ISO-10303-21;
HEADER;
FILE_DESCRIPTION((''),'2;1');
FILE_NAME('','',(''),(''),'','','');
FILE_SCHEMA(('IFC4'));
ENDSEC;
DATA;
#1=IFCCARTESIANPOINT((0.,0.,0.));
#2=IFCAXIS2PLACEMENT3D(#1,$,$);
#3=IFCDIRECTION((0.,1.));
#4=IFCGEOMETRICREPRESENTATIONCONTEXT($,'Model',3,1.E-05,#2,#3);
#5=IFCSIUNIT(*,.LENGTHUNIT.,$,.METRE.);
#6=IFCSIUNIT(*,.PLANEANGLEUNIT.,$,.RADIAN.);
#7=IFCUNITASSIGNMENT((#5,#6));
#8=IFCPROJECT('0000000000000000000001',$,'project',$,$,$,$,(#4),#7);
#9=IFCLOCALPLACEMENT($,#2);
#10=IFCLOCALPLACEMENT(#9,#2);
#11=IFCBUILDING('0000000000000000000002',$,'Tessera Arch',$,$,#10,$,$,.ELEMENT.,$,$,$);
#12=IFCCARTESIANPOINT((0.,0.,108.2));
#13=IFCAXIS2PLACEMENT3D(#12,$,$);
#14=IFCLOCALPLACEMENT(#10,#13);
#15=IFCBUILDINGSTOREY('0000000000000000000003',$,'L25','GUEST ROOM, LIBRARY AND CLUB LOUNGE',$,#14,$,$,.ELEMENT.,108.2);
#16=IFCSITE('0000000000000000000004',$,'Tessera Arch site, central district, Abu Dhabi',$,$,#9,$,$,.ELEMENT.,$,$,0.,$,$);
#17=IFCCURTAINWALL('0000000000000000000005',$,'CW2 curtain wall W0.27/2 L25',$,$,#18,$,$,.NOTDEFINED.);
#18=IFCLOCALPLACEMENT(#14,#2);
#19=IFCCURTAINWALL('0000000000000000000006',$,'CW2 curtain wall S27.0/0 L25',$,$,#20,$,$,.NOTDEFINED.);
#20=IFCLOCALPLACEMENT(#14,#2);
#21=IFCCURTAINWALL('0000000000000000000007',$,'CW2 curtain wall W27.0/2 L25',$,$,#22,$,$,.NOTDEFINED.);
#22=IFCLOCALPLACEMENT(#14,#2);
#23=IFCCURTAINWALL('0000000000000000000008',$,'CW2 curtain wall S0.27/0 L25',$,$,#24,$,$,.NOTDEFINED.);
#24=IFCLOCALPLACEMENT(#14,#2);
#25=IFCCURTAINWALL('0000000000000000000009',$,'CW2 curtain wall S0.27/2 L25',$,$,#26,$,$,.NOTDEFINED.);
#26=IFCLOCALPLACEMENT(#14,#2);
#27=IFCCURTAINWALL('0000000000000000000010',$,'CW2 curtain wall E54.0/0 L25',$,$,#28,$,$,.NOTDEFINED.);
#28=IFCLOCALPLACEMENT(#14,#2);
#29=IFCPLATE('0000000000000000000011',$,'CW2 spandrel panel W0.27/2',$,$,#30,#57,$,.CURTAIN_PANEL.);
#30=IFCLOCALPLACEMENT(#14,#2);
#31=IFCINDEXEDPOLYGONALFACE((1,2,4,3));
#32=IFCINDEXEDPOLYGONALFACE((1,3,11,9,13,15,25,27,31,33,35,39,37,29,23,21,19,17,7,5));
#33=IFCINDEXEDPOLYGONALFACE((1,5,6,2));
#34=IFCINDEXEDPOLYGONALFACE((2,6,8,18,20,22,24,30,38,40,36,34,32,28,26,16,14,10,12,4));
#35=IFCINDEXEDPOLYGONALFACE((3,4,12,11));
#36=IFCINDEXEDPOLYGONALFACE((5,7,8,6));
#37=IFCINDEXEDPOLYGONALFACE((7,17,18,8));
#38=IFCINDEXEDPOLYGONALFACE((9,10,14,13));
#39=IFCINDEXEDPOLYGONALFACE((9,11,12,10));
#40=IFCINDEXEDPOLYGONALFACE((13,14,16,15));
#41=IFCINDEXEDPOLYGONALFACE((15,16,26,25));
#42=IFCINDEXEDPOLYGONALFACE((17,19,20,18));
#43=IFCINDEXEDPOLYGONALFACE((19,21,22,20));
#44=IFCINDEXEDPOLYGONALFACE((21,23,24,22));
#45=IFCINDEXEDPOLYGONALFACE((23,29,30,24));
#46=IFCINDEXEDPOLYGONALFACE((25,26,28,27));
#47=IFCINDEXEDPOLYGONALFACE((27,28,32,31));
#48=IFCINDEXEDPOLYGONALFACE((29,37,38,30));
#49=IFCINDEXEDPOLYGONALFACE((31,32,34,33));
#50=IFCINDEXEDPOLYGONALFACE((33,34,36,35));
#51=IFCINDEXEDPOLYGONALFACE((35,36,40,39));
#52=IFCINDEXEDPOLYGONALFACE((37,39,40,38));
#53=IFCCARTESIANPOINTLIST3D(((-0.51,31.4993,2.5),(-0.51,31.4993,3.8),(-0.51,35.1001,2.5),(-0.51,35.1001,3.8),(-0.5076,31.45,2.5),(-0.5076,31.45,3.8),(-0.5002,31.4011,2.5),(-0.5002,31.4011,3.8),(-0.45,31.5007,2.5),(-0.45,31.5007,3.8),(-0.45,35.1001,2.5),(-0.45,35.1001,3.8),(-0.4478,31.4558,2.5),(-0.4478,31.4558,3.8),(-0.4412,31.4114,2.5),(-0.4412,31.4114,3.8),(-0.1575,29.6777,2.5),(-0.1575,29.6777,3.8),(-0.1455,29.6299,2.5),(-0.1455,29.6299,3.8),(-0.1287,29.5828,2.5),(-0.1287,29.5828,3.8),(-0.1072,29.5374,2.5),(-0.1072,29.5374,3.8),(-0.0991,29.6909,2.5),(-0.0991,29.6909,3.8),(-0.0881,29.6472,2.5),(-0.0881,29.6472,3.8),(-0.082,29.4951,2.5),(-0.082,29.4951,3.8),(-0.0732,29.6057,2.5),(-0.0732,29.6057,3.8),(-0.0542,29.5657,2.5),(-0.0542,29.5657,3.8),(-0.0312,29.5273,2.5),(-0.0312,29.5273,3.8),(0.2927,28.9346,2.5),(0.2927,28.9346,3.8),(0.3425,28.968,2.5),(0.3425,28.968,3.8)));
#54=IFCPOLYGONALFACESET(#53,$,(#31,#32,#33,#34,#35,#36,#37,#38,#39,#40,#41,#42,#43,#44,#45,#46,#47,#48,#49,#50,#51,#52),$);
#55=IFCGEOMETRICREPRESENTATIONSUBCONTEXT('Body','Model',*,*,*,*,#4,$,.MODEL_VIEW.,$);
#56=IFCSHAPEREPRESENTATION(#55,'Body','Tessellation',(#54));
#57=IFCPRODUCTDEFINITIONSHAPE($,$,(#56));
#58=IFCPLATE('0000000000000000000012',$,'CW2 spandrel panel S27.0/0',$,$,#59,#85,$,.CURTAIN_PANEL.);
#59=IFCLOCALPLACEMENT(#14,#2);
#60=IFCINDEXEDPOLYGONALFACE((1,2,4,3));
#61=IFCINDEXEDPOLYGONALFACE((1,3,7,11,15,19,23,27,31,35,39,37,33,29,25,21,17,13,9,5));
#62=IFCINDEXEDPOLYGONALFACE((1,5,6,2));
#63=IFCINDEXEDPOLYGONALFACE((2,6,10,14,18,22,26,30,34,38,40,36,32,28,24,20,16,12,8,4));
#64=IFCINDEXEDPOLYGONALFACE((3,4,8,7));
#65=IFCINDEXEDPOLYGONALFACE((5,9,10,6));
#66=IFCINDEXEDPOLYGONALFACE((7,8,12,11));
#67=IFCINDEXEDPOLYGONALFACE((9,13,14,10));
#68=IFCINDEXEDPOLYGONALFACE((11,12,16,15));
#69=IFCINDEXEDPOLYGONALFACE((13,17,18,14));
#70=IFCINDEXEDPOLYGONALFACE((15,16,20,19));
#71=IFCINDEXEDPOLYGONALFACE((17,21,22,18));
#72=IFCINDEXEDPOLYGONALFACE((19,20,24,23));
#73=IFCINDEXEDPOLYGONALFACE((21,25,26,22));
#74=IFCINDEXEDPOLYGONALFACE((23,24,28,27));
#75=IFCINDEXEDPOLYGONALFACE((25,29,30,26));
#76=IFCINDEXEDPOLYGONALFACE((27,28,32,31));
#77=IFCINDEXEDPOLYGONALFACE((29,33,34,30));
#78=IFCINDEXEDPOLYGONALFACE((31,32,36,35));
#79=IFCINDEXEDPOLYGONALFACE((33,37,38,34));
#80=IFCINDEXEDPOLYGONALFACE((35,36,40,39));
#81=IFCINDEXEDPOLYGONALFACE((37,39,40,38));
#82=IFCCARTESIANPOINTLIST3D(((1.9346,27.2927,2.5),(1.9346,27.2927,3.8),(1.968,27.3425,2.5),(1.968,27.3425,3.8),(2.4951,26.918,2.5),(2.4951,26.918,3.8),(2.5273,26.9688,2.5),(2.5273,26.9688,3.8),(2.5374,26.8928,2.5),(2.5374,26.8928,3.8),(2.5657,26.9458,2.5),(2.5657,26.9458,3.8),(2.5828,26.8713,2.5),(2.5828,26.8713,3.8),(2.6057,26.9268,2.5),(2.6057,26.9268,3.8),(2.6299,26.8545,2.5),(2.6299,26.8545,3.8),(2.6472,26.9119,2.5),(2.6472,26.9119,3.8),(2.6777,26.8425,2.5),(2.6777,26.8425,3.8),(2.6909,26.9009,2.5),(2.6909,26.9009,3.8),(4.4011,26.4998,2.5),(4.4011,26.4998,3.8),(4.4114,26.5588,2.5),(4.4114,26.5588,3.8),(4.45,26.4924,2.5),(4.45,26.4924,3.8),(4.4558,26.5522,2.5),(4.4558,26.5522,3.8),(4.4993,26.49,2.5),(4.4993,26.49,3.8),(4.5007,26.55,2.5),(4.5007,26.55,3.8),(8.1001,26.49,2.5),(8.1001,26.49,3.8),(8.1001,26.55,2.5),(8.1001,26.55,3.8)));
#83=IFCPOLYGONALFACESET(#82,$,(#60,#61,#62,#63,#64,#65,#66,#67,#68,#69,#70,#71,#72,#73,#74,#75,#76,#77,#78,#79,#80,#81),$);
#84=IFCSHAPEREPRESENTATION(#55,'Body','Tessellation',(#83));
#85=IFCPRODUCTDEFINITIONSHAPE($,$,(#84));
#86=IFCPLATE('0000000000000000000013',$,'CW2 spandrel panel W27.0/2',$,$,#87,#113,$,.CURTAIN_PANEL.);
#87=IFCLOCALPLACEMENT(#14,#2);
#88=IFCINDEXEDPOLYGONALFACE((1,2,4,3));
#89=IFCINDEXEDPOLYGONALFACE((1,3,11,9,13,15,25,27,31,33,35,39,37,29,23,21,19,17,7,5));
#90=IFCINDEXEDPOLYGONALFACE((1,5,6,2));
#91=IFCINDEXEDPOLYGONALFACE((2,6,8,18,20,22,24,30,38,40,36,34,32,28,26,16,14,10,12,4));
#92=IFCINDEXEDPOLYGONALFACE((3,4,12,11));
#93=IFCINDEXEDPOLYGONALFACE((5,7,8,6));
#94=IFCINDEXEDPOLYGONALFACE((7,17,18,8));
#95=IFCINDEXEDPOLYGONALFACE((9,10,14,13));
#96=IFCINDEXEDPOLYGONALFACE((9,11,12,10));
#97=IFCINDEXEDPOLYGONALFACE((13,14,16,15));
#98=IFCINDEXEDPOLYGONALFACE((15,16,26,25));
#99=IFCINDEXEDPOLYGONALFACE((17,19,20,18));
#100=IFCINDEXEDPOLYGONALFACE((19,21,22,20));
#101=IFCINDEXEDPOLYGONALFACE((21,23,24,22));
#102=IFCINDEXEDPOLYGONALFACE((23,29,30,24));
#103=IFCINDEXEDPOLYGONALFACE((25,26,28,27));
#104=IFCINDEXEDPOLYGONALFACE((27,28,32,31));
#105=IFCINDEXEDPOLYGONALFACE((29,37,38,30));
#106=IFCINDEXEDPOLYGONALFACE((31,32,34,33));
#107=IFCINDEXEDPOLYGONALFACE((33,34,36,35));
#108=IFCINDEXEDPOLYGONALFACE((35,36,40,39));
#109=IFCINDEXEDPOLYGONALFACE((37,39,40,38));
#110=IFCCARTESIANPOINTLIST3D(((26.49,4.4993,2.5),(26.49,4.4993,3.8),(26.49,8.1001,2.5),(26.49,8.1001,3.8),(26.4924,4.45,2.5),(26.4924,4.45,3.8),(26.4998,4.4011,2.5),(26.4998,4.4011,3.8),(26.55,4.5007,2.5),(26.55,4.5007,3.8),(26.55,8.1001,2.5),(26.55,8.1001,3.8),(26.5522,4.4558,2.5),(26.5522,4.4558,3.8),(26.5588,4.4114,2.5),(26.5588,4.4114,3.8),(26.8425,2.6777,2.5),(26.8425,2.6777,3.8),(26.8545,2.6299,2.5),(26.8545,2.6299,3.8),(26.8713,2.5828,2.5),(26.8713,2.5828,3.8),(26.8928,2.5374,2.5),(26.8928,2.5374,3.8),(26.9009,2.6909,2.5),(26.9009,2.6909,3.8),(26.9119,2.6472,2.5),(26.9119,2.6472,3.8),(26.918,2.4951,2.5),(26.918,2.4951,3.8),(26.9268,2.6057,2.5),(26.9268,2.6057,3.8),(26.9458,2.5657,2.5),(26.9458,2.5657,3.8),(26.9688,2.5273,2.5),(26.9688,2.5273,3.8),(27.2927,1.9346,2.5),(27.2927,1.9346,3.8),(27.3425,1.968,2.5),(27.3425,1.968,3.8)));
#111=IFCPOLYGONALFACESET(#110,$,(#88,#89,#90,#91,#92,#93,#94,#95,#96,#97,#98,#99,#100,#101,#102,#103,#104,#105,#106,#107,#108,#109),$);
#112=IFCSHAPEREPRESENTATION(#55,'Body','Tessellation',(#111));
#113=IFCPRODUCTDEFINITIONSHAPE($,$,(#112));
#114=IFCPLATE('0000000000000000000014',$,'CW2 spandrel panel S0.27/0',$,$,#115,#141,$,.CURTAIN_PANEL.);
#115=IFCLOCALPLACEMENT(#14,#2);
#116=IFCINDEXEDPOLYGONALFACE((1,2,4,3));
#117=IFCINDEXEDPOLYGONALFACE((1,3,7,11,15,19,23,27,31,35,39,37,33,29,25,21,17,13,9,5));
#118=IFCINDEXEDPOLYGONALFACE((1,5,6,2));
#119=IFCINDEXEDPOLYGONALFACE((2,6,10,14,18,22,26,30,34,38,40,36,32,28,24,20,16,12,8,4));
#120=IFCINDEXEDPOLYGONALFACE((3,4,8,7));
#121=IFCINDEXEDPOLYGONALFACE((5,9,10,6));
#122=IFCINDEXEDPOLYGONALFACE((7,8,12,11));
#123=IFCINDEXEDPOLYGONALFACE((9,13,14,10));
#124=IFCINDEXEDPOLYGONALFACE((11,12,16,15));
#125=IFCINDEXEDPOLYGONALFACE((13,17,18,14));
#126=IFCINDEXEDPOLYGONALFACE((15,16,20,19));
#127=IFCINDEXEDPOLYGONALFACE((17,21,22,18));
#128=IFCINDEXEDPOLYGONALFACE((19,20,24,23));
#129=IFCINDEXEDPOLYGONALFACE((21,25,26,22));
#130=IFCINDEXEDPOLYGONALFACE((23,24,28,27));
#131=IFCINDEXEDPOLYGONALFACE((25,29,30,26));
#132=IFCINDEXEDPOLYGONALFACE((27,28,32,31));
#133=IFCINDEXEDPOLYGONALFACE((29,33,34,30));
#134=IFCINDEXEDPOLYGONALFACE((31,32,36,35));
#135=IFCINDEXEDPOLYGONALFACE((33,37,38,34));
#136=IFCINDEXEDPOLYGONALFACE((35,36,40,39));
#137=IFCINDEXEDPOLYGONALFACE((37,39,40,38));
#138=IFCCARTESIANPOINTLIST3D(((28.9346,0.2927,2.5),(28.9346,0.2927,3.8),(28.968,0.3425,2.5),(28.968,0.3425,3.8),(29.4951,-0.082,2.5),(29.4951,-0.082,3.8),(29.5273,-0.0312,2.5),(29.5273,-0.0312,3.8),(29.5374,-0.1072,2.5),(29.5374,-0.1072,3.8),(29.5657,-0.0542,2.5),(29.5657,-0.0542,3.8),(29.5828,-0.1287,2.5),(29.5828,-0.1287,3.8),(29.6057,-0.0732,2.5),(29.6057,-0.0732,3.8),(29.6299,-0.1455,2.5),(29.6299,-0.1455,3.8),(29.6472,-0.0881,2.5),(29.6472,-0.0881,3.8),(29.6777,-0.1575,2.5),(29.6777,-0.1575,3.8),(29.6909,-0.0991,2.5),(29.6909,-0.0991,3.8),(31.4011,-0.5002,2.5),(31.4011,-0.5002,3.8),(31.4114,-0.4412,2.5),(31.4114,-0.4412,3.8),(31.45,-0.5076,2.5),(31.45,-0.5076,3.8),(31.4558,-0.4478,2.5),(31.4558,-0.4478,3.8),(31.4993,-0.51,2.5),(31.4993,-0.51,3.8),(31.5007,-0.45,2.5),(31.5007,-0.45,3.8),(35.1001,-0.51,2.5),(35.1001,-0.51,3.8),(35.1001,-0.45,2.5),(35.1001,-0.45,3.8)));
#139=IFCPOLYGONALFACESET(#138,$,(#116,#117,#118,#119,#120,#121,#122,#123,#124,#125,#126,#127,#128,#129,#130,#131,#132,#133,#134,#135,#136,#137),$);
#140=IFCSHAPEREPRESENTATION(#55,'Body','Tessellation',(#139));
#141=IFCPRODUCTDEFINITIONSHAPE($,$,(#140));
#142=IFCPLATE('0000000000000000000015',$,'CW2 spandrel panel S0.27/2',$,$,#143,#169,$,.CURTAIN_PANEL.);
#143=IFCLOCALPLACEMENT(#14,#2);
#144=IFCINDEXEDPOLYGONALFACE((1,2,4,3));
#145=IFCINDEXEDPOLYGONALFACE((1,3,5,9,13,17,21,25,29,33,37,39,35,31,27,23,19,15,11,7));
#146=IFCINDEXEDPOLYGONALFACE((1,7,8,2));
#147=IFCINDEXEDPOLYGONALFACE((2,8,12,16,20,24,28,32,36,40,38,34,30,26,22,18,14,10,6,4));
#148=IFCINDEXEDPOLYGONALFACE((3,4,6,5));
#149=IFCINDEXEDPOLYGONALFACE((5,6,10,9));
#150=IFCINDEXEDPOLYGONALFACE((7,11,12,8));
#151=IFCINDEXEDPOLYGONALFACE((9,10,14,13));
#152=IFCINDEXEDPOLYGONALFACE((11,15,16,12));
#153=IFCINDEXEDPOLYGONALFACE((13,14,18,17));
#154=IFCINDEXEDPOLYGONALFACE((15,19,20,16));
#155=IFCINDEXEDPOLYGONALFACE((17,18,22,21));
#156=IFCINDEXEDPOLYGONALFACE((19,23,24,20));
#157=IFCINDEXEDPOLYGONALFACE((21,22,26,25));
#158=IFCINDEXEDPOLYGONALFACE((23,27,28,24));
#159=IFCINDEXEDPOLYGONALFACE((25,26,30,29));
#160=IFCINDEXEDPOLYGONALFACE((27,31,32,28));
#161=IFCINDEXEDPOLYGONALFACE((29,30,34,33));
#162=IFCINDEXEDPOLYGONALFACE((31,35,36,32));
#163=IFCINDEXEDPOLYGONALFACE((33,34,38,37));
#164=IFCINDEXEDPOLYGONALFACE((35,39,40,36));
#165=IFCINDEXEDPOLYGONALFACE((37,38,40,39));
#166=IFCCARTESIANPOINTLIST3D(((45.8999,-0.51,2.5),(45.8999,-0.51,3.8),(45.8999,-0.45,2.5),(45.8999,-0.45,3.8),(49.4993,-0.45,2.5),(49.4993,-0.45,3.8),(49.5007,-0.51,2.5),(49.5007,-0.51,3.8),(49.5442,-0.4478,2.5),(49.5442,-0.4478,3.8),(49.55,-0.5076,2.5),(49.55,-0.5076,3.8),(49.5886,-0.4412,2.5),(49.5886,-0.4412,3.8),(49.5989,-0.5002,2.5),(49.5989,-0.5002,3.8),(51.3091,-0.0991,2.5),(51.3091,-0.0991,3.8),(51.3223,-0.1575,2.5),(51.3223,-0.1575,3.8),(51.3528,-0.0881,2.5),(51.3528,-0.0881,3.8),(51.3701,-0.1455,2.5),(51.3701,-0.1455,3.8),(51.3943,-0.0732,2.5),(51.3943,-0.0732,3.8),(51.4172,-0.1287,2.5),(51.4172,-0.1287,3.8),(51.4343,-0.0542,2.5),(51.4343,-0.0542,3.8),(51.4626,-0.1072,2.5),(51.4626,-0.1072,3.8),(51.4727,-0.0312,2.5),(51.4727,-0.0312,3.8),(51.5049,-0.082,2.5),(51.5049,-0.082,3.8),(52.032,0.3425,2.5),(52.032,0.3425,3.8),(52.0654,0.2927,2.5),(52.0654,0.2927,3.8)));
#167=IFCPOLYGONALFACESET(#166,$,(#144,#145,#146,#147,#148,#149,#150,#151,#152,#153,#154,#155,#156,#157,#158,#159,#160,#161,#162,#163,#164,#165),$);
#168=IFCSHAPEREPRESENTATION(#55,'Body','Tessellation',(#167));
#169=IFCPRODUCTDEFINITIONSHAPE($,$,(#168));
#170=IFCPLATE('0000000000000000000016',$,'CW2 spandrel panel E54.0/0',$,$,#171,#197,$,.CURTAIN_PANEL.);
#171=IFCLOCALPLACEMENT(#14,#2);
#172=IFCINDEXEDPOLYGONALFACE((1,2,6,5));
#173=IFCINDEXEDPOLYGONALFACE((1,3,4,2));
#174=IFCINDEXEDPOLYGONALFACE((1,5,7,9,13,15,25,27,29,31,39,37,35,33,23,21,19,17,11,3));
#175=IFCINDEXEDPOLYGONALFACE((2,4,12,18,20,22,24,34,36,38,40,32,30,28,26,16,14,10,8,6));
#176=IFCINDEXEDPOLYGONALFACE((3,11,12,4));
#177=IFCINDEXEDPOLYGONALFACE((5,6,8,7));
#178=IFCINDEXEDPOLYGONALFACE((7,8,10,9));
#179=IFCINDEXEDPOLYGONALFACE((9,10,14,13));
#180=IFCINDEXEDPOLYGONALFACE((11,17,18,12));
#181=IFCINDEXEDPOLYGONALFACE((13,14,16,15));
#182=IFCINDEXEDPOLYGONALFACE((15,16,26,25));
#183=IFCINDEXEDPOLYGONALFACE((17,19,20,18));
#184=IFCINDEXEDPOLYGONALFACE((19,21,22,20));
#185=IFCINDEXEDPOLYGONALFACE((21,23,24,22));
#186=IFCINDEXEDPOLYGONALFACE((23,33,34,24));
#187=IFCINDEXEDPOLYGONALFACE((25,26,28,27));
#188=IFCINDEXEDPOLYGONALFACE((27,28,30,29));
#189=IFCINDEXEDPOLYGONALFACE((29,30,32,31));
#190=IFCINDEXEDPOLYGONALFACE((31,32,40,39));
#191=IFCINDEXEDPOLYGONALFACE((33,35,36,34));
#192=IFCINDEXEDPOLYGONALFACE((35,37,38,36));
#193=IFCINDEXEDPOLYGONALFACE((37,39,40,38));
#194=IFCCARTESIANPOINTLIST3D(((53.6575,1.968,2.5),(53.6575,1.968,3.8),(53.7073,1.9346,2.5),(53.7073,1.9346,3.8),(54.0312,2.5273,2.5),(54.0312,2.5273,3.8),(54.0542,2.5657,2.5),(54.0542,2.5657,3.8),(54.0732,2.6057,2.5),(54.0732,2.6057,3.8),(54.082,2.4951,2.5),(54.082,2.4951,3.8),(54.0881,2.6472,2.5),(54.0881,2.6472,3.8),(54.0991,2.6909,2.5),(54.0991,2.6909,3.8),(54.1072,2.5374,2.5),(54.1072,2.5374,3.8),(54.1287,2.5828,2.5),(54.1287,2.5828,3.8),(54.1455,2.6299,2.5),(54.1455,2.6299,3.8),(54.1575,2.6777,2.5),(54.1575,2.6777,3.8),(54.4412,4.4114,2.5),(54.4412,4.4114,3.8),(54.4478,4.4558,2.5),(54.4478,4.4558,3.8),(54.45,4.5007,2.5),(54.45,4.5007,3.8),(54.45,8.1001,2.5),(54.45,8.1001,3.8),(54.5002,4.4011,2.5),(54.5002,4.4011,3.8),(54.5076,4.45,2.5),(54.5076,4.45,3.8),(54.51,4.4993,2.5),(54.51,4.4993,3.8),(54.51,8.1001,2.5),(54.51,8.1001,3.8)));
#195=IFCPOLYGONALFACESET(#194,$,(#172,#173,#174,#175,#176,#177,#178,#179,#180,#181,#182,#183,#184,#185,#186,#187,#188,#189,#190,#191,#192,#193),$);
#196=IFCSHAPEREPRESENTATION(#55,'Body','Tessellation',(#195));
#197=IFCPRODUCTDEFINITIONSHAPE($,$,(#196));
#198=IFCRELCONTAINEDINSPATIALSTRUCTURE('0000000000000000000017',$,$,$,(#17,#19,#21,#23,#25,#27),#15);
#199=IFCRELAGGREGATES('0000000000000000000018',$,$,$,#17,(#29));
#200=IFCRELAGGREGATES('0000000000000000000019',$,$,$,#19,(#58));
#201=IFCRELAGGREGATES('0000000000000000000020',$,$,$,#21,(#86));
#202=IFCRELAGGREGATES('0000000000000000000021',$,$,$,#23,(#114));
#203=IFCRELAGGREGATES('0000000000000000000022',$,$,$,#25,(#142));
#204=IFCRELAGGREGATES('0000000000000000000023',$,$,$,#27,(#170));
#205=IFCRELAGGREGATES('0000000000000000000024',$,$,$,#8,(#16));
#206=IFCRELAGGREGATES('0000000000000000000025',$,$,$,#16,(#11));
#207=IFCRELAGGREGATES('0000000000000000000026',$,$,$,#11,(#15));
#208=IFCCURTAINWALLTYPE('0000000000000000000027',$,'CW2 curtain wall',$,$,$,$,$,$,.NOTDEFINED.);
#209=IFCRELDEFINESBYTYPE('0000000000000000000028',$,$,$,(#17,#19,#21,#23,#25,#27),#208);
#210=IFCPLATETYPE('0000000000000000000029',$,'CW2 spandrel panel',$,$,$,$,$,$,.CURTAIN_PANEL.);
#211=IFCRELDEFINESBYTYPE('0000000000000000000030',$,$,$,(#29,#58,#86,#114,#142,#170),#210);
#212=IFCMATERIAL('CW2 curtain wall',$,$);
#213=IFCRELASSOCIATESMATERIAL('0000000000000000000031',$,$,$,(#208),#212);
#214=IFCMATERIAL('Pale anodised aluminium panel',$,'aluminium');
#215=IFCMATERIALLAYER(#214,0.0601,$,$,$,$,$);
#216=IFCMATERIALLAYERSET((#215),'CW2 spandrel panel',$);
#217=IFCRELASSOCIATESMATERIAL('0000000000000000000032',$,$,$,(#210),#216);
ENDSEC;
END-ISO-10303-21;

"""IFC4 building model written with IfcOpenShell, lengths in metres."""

from ifc_helpers import new_model, si_unit, direction, frame, origin, place, context, subcontext, project, spatial, polyline, outline, extrude, material, layer, layer_set, type_object, element, aggregate, save


model = new_model("IFC4")

# Units and contexts
model_context = context("Model", 3, precision=1e-05, world=origin(), true_north=direction((0.0, 1.0)))
body_context = subcontext(model_context, "Body", "Model", "MODEL_VIEW")
ifc_project = project(units=[si_unit("LENGTHUNIT", "METRE"), si_unit("PLANEANGLEUNIT", "RADIAN")], contexts=[model_context])

# Site, building, storey
site_placement = place(None, origin())
site = spatial("IfcSite", under=ifc_project, at=site_placement, Name="Tessera Arch site, central district, Abu Dhabi", CompositionType="ELEMENT", RefElevation=0.0)
building_placement = place(site_placement, origin())
building = spatial("IfcBuilding", under=site, at=building_placement, Name="Tessera Arch", CompositionType="ELEMENT")
storey_placement = place(building_placement, frame((0.0, 0.0, 108.2)))
storey = spatial("IfcBuildingStorey", under=building, at=storey_placement, Name="L25", Description="GUEST ROOM, LIBRARY AND CLUB LOUNGE", CompositionType="ELEMENT", Elevation=108.2)

# Curtain walls
ifc_material_1 = material(Name="CW2 curtain wall")
curtain_wall_type = type_object("IfcCurtainWallType", Name="CW2 curtain wall", PredefinedType="NOTDEFINED", material=ifc_material_1)
curtain_wall_1_placement = place(storey_placement, origin())
curtain_wall_1 = element("IfcCurtainWall", 1, at=curtain_wall_1_placement, inside=storey, type_object=curtain_wall_type, Name="CW2 curtain wall W0.27/2 L25", PredefinedType="NOTDEFINED")
curtain_wall_2_placement = place(storey_placement, origin())
curtain_wall_2 = element("IfcCurtainWall", 2, at=curtain_wall_2_placement, inside=storey, type_object=curtain_wall_type, Name="CW2 curtain wall S27.0/0 L25", PredefinedType="NOTDEFINED")
curtain_wall_3_placement = place(storey_placement, origin())
curtain_wall_3 = element("IfcCurtainWall", 3, at=curtain_wall_3_placement, inside=storey, type_object=curtain_wall_type, Name="CW2 curtain wall W27.0/2 L25", PredefinedType="NOTDEFINED")
curtain_wall_4_placement = place(storey_placement, origin())
curtain_wall_4 = element("IfcCurtainWall", 4, at=curtain_wall_4_placement, inside=storey, type_object=curtain_wall_type, Name="CW2 curtain wall S0.27/0 L25", PredefinedType="NOTDEFINED")
curtain_wall_5_placement = place(storey_placement, origin())
curtain_wall_5 = element("IfcCurtainWall", 5, at=curtain_wall_5_placement, inside=storey, type_object=curtain_wall_type, Name="CW2 curtain wall S0.27/2 L25", PredefinedType="NOTDEFINED")
curtain_wall_6_placement = place(storey_placement, origin())
curtain_wall_6 = element("IfcCurtainWall", 6, at=curtain_wall_6_placement, inside=storey, type_object=curtain_wall_type, Name="CW2 curtain wall E54.0/0 L25", PredefinedType="NOTDEFINED")

# Plates
ifc_material_2 = material(Name="Pale anodised aluminium panel", Category="aluminium")
ifc_layer_1 = layer(ifc_material_2, 0.0601)
ifc_layer_set_1 = layer_set([ifc_layer_1], Name="CW2 spandrel panel")
plate_type_1 = type_object("IfcPlateType", Name="CW2 spandrel panel", PredefinedType="CURTAIN_PANEL", material=ifc_layer_set_1)
plate_1_placement = place(storey_placement, frame((0.0, 0.0, 2.5)))
plate_1 = element("IfcPlate", 7, at=plate_1_placement, type_object=plate_type_1, Name="CW2 spandrel panel W0.27/2", PredefinedType="CURTAIN_PANEL", context=body_context, shape_type="SweptSolid", body=[
    extrude(outline(polyline([(-0.45, 31.5007), (-0.45, 35.1001), (-0.51, 35.1001), (-0.51, 31.4993), (-0.5076, 31.45), (-0.5002, 31.4011), (-0.1575, 29.6777), (-0.1455, 29.6299), (-0.1287, 29.5828), (-0.1072, 29.5374), (-0.082, 29.4951), (0.2927, 28.9346), (0.3425, 28.968), (-0.0312, 29.5273), (-0.0542, 29.5657), (-0.0732, 29.6057), (-0.0881, 29.6472), (-0.0991, 29.6909), (-0.4412, 31.4114), (-0.4478, 31.4558), (-0.45, 31.5007)])), origin(), (0.0, 0.0, 1.0), 1.3),
])
aggregate(curtain_wall_1, [plate_1])
plate_2_placement = place(storey_placement, frame((0.0, 0.0, 2.5)))
plate_2 = element("IfcPlate", 8, at=plate_2_placement, type_object=plate_type_1, Name="CW2 spandrel panel S27.0/0", PredefinedType="CURTAIN_PANEL", context=body_context, shape_type="SweptSolid", body=[
    extrude(outline(polyline([(2.5273, 26.9688), (1.968, 27.3425), (1.9346, 27.2927), (2.4951, 26.918), (2.5374, 26.8928), (2.5828, 26.8713), (2.6299, 26.8545), (2.6777, 26.8425), (4.4011, 26.4998), (4.45, 26.4924), (4.4993, 26.49), (8.1001, 26.49), (8.1001, 26.55), (4.5007, 26.55), (4.4558, 26.5522), (4.4114, 26.5588), (2.6909, 26.9009), (2.6472, 26.9119), (2.6057, 26.9268), (2.5657, 26.9458), (2.5273, 26.9688)])), origin(), (0.0, 0.0, 1.0), 1.3),
])
aggregate(curtain_wall_2, [plate_2])
plate_3_placement = place(storey_placement, frame((0.0, 0.0, 2.5)))
plate_3 = element("IfcPlate", 9, at=plate_3_placement, type_object=plate_type_1, Name="CW2 spandrel panel W27.0/2", PredefinedType="CURTAIN_PANEL", context=body_context, shape_type="SweptSolid", body=[
    extrude(outline(polyline([(26.55, 4.5007), (26.55, 8.1001), (26.49, 8.1001), (26.49, 4.4993), (26.4924, 4.45), (26.4998, 4.4011), (26.8425, 2.6777), (26.8545, 2.6299), (26.8713, 2.5828), (26.8928, 2.5374), (26.918, 2.4951), (27.2927, 1.9346), (27.3425, 1.968), (26.9688, 2.5273), (26.9458, 2.5657), (26.9268, 2.6057), (26.9119, 2.6472), (26.9009, 2.6909), (26.5588, 4.4114), (26.5522, 4.4558), (26.55, 4.5007)])), origin(), (0.0, 0.0, 1.0), 1.3),
])
aggregate(curtain_wall_3, [plate_3])
plate_4_placement = place(storey_placement, frame((0.0, 0.0, 2.5)))
plate_4 = element("IfcPlate", 10, at=plate_4_placement, type_object=plate_type_1, Name="CW2 spandrel panel S0.27/0", PredefinedType="CURTAIN_PANEL", context=body_context, shape_type="SweptSolid", body=[
    extrude(outline(polyline([(29.5273, -0.0312), (28.968, 0.3425), (28.9346, 0.2927), (29.4951, -0.082), (29.5374, -0.1072), (29.5828, -0.1287), (29.6299, -0.1455), (29.6777, -0.1575), (31.4011, -0.5002), (31.45, -0.5076), (31.4993, -0.51), (35.1001, -0.51), (35.1001, -0.45), (31.5007, -0.45), (31.4558, -0.4478), (31.4114, -0.4412), (29.6909, -0.0991), (29.6472, -0.0881), (29.6057, -0.0732), (29.5657, -0.0542), (29.5273, -0.0312)])), origin(), (0.0, 0.0, 1.0), 1.3),
])
aggregate(curtain_wall_4, [plate_4])
plate_5_placement = place(storey_placement, frame((0.0, 0.0, 2.5)))
plate_5 = element("IfcPlate", 11, at=plate_5_placement, type_object=plate_type_1, Name="CW2 spandrel panel S0.27/2", PredefinedType="CURTAIN_PANEL", context=body_context, shape_type="SweptSolid", body=[
    extrude(outline(polyline([(49.4993, -0.45), (45.8999, -0.45), (45.8999, -0.51), (49.5007, -0.51), (49.55, -0.5076), (49.5989, -0.5002), (51.3223, -0.1575), (51.3701, -0.1455), (51.4172, -0.1287), (51.4626, -0.1072), (51.5049, -0.082), (52.0654, 0.2927), (52.032, 0.3425), (51.4727, -0.0312), (51.4343, -0.0542), (51.3943, -0.0732), (51.3528, -0.0881), (51.3091, -0.0991), (49.5886, -0.4412), (49.5442, -0.4478), (49.4993, -0.45)])), origin(), (0.0, 0.0, 1.0), 1.3),
])
aggregate(curtain_wall_5, [plate_5])
plate_6_placement = place(storey_placement, frame((0.0, 0.0, 2.5)))
plate_6 = element("IfcPlate", 12, at=plate_6_placement, type_object=plate_type_1, Name="CW2 spandrel panel E54.0/0", PredefinedType="CURTAIN_PANEL", context=body_context, shape_type="SweptSolid", body=[
    extrude(outline(polyline([(54.0312, 2.5273), (53.6575, 1.968), (53.7073, 1.9346), (54.082, 2.4951), (54.1072, 2.5374), (54.1287, 2.5828), (54.1455, 2.6299), (54.1575, 2.6777), (54.5002, 4.4011), (54.5076, 4.45), (54.51, 4.4993), (54.51, 8.1001), (54.45, 8.1001), (54.45, 4.5007), (54.4478, 4.4558), (54.4412, 4.4114), (54.0991, 2.6909), (54.0881, 2.6472), (54.0732, 2.6057), (54.0542, 2.5657), (54.0312, 2.5273)])), origin(), (0.0, 0.0, 1.0), 1.3),
])
aggregate(curtain_wall_6, [plate_6])

save(model, "model.ifc")
